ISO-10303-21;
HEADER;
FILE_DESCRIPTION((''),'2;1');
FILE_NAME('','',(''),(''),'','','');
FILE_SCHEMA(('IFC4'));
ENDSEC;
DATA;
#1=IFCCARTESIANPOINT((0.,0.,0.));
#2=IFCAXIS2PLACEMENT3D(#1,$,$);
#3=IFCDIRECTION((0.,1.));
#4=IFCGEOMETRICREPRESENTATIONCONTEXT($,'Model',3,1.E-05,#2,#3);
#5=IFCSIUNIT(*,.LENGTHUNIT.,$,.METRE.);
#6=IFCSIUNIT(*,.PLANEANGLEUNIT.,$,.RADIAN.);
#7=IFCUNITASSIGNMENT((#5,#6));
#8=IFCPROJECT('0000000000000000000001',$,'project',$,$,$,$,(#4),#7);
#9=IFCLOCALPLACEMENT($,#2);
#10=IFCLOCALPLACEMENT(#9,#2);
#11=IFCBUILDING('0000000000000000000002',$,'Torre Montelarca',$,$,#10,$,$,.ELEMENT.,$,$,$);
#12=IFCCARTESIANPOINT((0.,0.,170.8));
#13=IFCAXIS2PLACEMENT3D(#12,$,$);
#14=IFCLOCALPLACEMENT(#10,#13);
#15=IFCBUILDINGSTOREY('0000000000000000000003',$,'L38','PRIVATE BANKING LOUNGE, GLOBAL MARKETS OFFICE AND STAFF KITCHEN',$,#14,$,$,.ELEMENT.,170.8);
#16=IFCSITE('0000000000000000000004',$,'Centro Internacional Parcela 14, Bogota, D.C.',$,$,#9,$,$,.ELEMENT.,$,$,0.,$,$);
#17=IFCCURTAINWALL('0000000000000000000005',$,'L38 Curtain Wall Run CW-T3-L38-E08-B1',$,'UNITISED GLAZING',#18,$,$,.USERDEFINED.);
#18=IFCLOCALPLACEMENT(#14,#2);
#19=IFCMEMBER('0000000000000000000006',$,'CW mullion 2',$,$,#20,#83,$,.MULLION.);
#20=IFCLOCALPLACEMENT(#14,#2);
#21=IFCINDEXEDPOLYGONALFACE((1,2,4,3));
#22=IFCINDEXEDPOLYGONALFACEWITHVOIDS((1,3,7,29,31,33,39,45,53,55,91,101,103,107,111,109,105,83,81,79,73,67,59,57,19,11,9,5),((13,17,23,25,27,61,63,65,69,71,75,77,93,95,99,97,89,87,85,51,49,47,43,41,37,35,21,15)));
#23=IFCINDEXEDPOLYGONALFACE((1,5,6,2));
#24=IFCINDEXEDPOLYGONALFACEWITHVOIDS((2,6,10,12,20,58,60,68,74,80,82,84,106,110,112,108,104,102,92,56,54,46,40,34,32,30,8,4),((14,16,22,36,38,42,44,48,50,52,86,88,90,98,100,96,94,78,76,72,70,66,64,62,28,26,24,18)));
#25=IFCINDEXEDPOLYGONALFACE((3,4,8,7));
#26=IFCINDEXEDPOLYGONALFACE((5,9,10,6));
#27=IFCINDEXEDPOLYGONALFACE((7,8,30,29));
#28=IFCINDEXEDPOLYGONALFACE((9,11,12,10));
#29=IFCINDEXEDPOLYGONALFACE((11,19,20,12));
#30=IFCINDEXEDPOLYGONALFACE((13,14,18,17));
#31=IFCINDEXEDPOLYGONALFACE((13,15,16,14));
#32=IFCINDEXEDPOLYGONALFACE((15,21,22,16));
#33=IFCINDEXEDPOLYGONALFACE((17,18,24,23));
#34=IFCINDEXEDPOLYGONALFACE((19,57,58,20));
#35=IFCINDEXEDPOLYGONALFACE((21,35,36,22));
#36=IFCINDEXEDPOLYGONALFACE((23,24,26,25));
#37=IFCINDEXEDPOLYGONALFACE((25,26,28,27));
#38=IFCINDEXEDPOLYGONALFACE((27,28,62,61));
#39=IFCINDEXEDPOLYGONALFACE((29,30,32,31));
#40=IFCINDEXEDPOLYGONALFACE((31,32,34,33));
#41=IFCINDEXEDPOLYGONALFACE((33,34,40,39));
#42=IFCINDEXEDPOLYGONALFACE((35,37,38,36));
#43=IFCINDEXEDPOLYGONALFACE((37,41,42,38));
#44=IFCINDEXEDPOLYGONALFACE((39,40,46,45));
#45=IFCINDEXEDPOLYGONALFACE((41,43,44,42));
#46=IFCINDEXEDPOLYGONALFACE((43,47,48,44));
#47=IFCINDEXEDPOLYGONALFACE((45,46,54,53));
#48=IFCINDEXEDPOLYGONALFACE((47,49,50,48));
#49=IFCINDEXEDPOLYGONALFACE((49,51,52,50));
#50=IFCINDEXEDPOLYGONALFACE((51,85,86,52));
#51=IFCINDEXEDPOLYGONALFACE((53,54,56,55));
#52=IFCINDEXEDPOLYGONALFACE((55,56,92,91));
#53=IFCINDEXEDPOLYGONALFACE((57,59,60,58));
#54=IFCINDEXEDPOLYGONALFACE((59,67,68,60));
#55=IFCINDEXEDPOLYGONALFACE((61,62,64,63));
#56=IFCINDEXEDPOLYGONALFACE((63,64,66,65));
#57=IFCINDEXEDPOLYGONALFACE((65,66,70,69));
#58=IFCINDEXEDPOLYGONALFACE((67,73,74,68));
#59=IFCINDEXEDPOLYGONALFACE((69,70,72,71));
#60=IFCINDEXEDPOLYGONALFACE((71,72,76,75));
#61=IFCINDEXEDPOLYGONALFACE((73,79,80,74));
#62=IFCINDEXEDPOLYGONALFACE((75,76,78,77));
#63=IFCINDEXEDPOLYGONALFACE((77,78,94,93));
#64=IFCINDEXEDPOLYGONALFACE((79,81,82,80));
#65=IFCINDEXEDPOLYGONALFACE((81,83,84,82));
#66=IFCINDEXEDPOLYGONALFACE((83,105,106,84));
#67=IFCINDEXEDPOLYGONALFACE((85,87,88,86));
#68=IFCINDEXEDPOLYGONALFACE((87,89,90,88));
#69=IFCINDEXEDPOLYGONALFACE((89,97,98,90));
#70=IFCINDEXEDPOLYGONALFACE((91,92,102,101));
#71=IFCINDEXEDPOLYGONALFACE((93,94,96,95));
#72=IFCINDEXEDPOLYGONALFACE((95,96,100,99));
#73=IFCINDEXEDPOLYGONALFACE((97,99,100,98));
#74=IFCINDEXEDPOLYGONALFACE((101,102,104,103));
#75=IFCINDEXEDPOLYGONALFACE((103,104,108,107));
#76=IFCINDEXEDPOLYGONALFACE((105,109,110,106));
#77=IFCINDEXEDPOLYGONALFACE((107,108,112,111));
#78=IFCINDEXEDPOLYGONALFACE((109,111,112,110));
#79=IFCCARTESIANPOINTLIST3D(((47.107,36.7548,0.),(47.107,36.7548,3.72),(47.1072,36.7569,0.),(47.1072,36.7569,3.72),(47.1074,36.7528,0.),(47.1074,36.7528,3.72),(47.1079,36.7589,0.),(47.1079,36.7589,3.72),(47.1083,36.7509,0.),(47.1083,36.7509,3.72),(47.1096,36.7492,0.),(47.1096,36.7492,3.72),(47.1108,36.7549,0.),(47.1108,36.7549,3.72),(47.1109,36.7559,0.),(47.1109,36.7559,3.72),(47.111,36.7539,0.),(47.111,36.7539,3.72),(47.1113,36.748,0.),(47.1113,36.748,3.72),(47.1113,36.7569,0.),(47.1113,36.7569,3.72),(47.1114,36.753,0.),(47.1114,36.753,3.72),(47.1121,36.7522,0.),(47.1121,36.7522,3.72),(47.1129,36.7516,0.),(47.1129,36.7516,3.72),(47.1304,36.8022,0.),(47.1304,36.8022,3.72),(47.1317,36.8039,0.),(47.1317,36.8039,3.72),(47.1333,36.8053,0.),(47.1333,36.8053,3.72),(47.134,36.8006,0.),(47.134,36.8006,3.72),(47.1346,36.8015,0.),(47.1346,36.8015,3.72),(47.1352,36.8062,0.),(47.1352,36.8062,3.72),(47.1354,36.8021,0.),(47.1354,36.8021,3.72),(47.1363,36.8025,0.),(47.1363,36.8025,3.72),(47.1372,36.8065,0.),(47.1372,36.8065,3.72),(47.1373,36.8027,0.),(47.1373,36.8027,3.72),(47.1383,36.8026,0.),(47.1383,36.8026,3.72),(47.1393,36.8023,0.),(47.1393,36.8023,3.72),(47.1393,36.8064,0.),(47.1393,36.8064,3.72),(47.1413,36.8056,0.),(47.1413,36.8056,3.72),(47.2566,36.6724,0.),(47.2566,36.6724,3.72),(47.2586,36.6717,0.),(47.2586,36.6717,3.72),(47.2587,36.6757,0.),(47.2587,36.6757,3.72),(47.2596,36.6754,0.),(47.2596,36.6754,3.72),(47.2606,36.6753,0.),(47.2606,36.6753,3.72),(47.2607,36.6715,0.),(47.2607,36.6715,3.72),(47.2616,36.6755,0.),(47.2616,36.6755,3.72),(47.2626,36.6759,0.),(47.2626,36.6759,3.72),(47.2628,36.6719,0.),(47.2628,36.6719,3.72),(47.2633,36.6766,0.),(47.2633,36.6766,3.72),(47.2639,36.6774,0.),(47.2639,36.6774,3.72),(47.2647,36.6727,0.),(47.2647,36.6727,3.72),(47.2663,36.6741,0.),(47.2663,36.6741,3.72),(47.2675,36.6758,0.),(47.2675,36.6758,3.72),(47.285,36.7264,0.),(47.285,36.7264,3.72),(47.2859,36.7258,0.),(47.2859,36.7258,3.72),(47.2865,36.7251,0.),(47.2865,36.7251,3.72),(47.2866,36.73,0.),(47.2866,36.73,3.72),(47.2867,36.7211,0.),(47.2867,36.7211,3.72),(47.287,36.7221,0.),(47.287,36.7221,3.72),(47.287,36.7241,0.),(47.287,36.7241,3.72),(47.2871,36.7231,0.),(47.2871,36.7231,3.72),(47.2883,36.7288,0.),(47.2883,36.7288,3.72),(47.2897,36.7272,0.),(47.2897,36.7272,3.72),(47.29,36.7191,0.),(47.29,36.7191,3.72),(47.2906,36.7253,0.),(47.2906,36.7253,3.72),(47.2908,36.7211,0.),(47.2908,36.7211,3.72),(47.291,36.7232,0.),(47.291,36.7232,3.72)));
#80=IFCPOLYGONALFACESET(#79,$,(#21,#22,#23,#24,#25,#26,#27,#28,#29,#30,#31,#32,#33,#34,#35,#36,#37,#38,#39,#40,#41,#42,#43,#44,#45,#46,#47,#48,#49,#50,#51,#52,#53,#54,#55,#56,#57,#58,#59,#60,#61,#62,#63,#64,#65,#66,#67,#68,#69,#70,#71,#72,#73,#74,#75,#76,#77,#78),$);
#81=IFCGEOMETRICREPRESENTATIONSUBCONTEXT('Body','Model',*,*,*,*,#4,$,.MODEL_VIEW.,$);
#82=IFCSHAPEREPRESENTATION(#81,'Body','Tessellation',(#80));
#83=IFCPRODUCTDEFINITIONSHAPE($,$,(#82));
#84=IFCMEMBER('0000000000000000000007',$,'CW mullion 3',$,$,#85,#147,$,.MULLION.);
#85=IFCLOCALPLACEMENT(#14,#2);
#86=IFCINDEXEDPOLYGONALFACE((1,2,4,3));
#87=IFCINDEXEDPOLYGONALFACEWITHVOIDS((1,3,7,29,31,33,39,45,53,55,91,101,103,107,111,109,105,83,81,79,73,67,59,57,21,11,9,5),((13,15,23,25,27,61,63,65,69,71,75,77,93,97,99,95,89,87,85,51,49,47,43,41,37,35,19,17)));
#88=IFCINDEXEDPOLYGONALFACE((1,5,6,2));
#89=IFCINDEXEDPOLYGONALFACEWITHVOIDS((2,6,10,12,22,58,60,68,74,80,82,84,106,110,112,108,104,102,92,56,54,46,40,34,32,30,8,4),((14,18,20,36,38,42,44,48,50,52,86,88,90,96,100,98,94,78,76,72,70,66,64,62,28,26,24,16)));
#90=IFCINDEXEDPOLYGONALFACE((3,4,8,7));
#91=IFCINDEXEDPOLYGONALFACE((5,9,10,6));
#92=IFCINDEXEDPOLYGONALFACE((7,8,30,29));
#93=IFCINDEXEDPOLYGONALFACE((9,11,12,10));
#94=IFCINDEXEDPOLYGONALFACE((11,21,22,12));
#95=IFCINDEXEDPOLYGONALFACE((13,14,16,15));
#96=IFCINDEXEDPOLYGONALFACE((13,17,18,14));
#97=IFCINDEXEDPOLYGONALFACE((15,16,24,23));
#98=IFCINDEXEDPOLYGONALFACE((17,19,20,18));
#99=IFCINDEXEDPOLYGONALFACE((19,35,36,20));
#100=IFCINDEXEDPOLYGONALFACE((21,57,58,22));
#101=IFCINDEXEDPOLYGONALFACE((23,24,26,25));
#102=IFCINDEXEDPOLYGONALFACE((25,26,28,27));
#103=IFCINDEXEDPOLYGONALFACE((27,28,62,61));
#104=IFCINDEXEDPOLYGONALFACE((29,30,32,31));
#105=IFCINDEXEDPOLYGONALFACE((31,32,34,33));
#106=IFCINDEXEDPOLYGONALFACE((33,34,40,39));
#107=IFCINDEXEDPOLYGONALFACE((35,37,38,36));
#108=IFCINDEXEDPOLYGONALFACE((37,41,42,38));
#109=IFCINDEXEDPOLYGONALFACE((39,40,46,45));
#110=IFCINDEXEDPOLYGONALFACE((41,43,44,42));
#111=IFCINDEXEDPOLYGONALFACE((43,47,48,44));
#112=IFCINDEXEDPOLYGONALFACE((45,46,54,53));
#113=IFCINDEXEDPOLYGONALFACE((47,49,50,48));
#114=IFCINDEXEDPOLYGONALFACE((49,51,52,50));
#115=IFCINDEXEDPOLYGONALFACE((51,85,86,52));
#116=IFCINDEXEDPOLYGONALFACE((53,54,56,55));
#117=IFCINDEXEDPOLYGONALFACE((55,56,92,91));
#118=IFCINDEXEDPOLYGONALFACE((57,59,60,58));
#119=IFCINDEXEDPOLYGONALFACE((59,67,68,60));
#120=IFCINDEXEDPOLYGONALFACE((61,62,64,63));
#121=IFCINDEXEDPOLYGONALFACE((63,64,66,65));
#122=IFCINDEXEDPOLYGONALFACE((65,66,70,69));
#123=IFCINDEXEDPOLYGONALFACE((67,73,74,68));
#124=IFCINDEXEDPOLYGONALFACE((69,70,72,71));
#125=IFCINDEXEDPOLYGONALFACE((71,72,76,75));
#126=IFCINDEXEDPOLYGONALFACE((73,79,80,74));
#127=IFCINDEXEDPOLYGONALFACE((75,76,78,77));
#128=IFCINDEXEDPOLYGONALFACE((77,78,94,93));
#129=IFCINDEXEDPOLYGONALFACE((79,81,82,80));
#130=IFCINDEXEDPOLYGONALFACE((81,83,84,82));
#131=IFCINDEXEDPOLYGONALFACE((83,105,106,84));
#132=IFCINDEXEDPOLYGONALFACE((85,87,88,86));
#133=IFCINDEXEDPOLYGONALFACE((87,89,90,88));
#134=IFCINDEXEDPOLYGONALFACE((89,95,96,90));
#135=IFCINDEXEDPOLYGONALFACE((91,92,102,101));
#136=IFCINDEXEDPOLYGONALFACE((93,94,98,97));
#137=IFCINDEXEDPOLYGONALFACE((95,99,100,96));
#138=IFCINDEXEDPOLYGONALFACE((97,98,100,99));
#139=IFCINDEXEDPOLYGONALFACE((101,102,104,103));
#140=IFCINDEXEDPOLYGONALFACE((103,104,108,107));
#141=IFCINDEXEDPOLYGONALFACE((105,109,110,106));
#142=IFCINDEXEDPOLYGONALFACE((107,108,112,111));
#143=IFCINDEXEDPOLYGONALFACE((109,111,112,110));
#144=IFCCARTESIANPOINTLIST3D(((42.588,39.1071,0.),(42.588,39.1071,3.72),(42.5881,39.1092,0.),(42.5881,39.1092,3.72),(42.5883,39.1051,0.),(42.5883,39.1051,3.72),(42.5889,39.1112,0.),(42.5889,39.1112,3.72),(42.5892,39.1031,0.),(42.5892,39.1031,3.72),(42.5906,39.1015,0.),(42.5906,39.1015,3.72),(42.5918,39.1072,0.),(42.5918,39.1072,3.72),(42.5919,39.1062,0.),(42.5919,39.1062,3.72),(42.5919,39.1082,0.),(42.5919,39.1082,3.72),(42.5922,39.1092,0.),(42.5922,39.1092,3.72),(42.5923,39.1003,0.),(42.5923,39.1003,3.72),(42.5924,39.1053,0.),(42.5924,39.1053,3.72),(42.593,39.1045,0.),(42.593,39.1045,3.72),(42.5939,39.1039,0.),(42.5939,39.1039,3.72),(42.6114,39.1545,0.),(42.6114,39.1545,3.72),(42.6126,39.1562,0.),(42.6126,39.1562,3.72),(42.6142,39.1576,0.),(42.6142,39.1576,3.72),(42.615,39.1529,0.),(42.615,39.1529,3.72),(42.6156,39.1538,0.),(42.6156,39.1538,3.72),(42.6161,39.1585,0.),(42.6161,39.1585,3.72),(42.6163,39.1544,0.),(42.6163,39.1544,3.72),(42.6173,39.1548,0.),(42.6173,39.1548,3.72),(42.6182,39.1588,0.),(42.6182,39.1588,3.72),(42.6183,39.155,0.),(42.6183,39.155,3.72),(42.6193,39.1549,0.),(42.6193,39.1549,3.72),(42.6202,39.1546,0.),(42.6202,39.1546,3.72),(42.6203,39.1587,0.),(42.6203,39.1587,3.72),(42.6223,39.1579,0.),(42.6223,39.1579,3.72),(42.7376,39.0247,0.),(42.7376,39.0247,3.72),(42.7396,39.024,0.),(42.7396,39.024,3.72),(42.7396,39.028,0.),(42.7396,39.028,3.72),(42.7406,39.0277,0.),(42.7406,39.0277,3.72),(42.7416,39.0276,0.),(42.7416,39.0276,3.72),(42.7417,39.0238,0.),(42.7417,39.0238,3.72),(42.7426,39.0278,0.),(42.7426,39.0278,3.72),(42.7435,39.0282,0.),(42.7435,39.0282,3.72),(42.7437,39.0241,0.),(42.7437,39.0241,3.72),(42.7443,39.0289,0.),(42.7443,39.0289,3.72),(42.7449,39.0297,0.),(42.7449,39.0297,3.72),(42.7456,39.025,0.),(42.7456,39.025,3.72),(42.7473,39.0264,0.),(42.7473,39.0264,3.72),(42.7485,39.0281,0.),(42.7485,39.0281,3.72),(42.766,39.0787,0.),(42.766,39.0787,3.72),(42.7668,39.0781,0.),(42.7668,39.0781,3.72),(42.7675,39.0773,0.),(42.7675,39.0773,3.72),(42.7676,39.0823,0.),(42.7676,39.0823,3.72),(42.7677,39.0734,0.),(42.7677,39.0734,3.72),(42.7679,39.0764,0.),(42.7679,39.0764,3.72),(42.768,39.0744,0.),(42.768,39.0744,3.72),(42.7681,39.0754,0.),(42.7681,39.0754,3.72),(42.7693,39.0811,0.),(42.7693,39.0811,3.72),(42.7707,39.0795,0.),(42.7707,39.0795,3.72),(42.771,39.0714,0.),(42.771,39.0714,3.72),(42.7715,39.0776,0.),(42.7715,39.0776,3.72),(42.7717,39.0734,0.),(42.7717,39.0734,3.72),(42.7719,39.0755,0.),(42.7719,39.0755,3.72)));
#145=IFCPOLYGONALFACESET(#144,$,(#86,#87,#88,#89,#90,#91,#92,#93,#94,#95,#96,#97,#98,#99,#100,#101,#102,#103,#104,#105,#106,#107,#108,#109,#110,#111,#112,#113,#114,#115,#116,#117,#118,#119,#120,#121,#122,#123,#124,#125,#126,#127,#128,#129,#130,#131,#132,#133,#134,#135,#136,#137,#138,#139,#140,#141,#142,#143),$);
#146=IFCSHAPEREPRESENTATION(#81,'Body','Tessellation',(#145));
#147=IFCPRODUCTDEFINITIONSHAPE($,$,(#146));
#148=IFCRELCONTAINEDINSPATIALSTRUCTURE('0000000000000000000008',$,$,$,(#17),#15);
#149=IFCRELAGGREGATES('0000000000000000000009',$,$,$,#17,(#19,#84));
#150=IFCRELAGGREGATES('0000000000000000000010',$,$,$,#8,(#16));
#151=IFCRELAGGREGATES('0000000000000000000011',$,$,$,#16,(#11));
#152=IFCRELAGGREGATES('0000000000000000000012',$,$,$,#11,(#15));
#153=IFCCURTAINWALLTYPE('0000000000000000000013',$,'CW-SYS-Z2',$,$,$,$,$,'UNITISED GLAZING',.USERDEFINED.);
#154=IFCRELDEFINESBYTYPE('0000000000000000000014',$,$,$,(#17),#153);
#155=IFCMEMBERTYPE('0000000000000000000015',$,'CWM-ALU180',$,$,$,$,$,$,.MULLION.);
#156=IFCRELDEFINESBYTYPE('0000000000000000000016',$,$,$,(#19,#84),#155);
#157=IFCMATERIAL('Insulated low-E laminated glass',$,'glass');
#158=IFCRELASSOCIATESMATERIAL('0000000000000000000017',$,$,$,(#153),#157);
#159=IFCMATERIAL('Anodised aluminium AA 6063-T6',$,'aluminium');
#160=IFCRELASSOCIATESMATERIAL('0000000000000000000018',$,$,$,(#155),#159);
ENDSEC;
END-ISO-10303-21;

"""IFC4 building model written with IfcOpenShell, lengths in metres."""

from ifc_helpers import new_model, si_unit, direction, frame, origin, origin_2d, place, context, subcontext, project, spatial, hollow_rectangle, extrude, source, transform, mapped, material, material_profile, profile_set, type_object, element, aggregate, save


model = new_model("IFC4")

# Units and contexts
model_context = context("Model", 3, precision=1e-05, world=origin(), true_north=direction((0.0, 1.0)))
body_context = subcontext(model_context, "Body", "Model", "MODEL_VIEW")
ifc_project = project(units=[si_unit("LENGTHUNIT", "METRE"), si_unit("PLANEANGLEUNIT", "RADIAN")], contexts=[model_context])

# Site, building, storey
site_placement = place(None, origin())
site = spatial("IfcSite", under=ifc_project, at=site_placement, Name="Centro Internacional Parcela 14, Bogota, D.C.", CompositionType="ELEMENT", RefElevation=0.0)
building_placement = place(site_placement, origin())
building = spatial("IfcBuilding", under=site, at=building_placement, Name="Torre Montelarca", CompositionType="ELEMENT")
storey_placement = place(building_placement, frame((0.0, 0.0, 170.8)))
storey = spatial("IfcBuildingStorey", under=building, at=storey_placement, Name="L38", Description="PRIVATE BANKING LOUNGE, GLOBAL MARKETS OFFICE AND STAFF KITCHEN", CompositionType="ELEMENT", Elevation=170.8)

# Curtain wall, members
ifc_material_1 = material(Name="Insulated low-E laminated glass", Category="glass")
curtain_wall_type = type_object("IfcCurtainWallType", Name="CW-SYS-Z2", ElementType="UNITISED GLAZING", PredefinedType="USERDEFINED", material=ifc_material_1)
ifc_material_2 = material(Name="Anodised aluminium AA 6063-T6", Category="aluminium")
ifc_material_profile_1 = material_profile(ifc_material_2, hollow_rectangle(XDim=0.0649, YDim=0.1799, WallThickness=0.0039, InnerFilletRadius=0.0039, OuterFilletRadius=0.0081, at=origin_2d()), Name="ALU65X180X4", Category="aluminium")
ifc_profile_set_1 = profile_set([ifc_material_profile_1], Name="Anodised aluminium AA 6063-T6")
member_type_1 = type_object("IfcMemberType", Name="CWM-ALU180", PredefinedType="MULLION", material=ifc_profile_set_1)
shared_shape_1 = source(origin(), body_context, "Body", "SweptSolid", [
    extrude(hollow_rectangle(XDim=0.0649, YDim=0.1799, WallThickness=0.0039, InnerFilletRadius=0.0039, OuterFilletRadius=0.0081, at=origin_2d()), origin(), (0.0, 0.0, 1.0), 3.72),
])
curtain_wall_1_placement = place(storey_placement, origin())
curtain_wall_1 = element("IfcCurtainWall", 1, at=curtain_wall_1_placement, inside=storey, type_object=curtain_wall_type, Name="L38 Curtain Wall Run CW-T3-L38-E08-B1", ObjectType="UNITISED GLAZING", PredefinedType="USERDEFINED")
member_1_placement = place(storey_placement, frame((47.199, 36.739, 0.0), z_axis=(0.0, 0.0, 1.0), x_axis=(-0.461743, -0.887014, 0.0)))
member_1 = element("IfcMember", 2, at=member_1_placement, type_object=member_type_1, Name="CW mullion 2", PredefinedType="MULLION", context=body_context, shape_type="MappedRepresentation", body=[
    mapped(shared_shape_1, transform((0.0, 0.0, 0.0), scale=1.0)),
])
member_2_placement = place(storey_placement, frame((42.6799, 39.0913, 0.0), z_axis=(0.0, 0.0, 1.0), x_axis=(-0.461743, -0.887014, 0.0)))
member_2 = element("IfcMember", 3, at=member_2_placement, type_object=member_type_1, Name="CW mullion 3", PredefinedType="MULLION", context=body_context, shape_type="MappedRepresentation", body=[
    mapped(shared_shape_1, transform((0.0, 0.0, 0.0), scale=1.0)),
])

aggregate(curtain_wall_1, [member_1, member_2])

save(model, "model.ifc")
